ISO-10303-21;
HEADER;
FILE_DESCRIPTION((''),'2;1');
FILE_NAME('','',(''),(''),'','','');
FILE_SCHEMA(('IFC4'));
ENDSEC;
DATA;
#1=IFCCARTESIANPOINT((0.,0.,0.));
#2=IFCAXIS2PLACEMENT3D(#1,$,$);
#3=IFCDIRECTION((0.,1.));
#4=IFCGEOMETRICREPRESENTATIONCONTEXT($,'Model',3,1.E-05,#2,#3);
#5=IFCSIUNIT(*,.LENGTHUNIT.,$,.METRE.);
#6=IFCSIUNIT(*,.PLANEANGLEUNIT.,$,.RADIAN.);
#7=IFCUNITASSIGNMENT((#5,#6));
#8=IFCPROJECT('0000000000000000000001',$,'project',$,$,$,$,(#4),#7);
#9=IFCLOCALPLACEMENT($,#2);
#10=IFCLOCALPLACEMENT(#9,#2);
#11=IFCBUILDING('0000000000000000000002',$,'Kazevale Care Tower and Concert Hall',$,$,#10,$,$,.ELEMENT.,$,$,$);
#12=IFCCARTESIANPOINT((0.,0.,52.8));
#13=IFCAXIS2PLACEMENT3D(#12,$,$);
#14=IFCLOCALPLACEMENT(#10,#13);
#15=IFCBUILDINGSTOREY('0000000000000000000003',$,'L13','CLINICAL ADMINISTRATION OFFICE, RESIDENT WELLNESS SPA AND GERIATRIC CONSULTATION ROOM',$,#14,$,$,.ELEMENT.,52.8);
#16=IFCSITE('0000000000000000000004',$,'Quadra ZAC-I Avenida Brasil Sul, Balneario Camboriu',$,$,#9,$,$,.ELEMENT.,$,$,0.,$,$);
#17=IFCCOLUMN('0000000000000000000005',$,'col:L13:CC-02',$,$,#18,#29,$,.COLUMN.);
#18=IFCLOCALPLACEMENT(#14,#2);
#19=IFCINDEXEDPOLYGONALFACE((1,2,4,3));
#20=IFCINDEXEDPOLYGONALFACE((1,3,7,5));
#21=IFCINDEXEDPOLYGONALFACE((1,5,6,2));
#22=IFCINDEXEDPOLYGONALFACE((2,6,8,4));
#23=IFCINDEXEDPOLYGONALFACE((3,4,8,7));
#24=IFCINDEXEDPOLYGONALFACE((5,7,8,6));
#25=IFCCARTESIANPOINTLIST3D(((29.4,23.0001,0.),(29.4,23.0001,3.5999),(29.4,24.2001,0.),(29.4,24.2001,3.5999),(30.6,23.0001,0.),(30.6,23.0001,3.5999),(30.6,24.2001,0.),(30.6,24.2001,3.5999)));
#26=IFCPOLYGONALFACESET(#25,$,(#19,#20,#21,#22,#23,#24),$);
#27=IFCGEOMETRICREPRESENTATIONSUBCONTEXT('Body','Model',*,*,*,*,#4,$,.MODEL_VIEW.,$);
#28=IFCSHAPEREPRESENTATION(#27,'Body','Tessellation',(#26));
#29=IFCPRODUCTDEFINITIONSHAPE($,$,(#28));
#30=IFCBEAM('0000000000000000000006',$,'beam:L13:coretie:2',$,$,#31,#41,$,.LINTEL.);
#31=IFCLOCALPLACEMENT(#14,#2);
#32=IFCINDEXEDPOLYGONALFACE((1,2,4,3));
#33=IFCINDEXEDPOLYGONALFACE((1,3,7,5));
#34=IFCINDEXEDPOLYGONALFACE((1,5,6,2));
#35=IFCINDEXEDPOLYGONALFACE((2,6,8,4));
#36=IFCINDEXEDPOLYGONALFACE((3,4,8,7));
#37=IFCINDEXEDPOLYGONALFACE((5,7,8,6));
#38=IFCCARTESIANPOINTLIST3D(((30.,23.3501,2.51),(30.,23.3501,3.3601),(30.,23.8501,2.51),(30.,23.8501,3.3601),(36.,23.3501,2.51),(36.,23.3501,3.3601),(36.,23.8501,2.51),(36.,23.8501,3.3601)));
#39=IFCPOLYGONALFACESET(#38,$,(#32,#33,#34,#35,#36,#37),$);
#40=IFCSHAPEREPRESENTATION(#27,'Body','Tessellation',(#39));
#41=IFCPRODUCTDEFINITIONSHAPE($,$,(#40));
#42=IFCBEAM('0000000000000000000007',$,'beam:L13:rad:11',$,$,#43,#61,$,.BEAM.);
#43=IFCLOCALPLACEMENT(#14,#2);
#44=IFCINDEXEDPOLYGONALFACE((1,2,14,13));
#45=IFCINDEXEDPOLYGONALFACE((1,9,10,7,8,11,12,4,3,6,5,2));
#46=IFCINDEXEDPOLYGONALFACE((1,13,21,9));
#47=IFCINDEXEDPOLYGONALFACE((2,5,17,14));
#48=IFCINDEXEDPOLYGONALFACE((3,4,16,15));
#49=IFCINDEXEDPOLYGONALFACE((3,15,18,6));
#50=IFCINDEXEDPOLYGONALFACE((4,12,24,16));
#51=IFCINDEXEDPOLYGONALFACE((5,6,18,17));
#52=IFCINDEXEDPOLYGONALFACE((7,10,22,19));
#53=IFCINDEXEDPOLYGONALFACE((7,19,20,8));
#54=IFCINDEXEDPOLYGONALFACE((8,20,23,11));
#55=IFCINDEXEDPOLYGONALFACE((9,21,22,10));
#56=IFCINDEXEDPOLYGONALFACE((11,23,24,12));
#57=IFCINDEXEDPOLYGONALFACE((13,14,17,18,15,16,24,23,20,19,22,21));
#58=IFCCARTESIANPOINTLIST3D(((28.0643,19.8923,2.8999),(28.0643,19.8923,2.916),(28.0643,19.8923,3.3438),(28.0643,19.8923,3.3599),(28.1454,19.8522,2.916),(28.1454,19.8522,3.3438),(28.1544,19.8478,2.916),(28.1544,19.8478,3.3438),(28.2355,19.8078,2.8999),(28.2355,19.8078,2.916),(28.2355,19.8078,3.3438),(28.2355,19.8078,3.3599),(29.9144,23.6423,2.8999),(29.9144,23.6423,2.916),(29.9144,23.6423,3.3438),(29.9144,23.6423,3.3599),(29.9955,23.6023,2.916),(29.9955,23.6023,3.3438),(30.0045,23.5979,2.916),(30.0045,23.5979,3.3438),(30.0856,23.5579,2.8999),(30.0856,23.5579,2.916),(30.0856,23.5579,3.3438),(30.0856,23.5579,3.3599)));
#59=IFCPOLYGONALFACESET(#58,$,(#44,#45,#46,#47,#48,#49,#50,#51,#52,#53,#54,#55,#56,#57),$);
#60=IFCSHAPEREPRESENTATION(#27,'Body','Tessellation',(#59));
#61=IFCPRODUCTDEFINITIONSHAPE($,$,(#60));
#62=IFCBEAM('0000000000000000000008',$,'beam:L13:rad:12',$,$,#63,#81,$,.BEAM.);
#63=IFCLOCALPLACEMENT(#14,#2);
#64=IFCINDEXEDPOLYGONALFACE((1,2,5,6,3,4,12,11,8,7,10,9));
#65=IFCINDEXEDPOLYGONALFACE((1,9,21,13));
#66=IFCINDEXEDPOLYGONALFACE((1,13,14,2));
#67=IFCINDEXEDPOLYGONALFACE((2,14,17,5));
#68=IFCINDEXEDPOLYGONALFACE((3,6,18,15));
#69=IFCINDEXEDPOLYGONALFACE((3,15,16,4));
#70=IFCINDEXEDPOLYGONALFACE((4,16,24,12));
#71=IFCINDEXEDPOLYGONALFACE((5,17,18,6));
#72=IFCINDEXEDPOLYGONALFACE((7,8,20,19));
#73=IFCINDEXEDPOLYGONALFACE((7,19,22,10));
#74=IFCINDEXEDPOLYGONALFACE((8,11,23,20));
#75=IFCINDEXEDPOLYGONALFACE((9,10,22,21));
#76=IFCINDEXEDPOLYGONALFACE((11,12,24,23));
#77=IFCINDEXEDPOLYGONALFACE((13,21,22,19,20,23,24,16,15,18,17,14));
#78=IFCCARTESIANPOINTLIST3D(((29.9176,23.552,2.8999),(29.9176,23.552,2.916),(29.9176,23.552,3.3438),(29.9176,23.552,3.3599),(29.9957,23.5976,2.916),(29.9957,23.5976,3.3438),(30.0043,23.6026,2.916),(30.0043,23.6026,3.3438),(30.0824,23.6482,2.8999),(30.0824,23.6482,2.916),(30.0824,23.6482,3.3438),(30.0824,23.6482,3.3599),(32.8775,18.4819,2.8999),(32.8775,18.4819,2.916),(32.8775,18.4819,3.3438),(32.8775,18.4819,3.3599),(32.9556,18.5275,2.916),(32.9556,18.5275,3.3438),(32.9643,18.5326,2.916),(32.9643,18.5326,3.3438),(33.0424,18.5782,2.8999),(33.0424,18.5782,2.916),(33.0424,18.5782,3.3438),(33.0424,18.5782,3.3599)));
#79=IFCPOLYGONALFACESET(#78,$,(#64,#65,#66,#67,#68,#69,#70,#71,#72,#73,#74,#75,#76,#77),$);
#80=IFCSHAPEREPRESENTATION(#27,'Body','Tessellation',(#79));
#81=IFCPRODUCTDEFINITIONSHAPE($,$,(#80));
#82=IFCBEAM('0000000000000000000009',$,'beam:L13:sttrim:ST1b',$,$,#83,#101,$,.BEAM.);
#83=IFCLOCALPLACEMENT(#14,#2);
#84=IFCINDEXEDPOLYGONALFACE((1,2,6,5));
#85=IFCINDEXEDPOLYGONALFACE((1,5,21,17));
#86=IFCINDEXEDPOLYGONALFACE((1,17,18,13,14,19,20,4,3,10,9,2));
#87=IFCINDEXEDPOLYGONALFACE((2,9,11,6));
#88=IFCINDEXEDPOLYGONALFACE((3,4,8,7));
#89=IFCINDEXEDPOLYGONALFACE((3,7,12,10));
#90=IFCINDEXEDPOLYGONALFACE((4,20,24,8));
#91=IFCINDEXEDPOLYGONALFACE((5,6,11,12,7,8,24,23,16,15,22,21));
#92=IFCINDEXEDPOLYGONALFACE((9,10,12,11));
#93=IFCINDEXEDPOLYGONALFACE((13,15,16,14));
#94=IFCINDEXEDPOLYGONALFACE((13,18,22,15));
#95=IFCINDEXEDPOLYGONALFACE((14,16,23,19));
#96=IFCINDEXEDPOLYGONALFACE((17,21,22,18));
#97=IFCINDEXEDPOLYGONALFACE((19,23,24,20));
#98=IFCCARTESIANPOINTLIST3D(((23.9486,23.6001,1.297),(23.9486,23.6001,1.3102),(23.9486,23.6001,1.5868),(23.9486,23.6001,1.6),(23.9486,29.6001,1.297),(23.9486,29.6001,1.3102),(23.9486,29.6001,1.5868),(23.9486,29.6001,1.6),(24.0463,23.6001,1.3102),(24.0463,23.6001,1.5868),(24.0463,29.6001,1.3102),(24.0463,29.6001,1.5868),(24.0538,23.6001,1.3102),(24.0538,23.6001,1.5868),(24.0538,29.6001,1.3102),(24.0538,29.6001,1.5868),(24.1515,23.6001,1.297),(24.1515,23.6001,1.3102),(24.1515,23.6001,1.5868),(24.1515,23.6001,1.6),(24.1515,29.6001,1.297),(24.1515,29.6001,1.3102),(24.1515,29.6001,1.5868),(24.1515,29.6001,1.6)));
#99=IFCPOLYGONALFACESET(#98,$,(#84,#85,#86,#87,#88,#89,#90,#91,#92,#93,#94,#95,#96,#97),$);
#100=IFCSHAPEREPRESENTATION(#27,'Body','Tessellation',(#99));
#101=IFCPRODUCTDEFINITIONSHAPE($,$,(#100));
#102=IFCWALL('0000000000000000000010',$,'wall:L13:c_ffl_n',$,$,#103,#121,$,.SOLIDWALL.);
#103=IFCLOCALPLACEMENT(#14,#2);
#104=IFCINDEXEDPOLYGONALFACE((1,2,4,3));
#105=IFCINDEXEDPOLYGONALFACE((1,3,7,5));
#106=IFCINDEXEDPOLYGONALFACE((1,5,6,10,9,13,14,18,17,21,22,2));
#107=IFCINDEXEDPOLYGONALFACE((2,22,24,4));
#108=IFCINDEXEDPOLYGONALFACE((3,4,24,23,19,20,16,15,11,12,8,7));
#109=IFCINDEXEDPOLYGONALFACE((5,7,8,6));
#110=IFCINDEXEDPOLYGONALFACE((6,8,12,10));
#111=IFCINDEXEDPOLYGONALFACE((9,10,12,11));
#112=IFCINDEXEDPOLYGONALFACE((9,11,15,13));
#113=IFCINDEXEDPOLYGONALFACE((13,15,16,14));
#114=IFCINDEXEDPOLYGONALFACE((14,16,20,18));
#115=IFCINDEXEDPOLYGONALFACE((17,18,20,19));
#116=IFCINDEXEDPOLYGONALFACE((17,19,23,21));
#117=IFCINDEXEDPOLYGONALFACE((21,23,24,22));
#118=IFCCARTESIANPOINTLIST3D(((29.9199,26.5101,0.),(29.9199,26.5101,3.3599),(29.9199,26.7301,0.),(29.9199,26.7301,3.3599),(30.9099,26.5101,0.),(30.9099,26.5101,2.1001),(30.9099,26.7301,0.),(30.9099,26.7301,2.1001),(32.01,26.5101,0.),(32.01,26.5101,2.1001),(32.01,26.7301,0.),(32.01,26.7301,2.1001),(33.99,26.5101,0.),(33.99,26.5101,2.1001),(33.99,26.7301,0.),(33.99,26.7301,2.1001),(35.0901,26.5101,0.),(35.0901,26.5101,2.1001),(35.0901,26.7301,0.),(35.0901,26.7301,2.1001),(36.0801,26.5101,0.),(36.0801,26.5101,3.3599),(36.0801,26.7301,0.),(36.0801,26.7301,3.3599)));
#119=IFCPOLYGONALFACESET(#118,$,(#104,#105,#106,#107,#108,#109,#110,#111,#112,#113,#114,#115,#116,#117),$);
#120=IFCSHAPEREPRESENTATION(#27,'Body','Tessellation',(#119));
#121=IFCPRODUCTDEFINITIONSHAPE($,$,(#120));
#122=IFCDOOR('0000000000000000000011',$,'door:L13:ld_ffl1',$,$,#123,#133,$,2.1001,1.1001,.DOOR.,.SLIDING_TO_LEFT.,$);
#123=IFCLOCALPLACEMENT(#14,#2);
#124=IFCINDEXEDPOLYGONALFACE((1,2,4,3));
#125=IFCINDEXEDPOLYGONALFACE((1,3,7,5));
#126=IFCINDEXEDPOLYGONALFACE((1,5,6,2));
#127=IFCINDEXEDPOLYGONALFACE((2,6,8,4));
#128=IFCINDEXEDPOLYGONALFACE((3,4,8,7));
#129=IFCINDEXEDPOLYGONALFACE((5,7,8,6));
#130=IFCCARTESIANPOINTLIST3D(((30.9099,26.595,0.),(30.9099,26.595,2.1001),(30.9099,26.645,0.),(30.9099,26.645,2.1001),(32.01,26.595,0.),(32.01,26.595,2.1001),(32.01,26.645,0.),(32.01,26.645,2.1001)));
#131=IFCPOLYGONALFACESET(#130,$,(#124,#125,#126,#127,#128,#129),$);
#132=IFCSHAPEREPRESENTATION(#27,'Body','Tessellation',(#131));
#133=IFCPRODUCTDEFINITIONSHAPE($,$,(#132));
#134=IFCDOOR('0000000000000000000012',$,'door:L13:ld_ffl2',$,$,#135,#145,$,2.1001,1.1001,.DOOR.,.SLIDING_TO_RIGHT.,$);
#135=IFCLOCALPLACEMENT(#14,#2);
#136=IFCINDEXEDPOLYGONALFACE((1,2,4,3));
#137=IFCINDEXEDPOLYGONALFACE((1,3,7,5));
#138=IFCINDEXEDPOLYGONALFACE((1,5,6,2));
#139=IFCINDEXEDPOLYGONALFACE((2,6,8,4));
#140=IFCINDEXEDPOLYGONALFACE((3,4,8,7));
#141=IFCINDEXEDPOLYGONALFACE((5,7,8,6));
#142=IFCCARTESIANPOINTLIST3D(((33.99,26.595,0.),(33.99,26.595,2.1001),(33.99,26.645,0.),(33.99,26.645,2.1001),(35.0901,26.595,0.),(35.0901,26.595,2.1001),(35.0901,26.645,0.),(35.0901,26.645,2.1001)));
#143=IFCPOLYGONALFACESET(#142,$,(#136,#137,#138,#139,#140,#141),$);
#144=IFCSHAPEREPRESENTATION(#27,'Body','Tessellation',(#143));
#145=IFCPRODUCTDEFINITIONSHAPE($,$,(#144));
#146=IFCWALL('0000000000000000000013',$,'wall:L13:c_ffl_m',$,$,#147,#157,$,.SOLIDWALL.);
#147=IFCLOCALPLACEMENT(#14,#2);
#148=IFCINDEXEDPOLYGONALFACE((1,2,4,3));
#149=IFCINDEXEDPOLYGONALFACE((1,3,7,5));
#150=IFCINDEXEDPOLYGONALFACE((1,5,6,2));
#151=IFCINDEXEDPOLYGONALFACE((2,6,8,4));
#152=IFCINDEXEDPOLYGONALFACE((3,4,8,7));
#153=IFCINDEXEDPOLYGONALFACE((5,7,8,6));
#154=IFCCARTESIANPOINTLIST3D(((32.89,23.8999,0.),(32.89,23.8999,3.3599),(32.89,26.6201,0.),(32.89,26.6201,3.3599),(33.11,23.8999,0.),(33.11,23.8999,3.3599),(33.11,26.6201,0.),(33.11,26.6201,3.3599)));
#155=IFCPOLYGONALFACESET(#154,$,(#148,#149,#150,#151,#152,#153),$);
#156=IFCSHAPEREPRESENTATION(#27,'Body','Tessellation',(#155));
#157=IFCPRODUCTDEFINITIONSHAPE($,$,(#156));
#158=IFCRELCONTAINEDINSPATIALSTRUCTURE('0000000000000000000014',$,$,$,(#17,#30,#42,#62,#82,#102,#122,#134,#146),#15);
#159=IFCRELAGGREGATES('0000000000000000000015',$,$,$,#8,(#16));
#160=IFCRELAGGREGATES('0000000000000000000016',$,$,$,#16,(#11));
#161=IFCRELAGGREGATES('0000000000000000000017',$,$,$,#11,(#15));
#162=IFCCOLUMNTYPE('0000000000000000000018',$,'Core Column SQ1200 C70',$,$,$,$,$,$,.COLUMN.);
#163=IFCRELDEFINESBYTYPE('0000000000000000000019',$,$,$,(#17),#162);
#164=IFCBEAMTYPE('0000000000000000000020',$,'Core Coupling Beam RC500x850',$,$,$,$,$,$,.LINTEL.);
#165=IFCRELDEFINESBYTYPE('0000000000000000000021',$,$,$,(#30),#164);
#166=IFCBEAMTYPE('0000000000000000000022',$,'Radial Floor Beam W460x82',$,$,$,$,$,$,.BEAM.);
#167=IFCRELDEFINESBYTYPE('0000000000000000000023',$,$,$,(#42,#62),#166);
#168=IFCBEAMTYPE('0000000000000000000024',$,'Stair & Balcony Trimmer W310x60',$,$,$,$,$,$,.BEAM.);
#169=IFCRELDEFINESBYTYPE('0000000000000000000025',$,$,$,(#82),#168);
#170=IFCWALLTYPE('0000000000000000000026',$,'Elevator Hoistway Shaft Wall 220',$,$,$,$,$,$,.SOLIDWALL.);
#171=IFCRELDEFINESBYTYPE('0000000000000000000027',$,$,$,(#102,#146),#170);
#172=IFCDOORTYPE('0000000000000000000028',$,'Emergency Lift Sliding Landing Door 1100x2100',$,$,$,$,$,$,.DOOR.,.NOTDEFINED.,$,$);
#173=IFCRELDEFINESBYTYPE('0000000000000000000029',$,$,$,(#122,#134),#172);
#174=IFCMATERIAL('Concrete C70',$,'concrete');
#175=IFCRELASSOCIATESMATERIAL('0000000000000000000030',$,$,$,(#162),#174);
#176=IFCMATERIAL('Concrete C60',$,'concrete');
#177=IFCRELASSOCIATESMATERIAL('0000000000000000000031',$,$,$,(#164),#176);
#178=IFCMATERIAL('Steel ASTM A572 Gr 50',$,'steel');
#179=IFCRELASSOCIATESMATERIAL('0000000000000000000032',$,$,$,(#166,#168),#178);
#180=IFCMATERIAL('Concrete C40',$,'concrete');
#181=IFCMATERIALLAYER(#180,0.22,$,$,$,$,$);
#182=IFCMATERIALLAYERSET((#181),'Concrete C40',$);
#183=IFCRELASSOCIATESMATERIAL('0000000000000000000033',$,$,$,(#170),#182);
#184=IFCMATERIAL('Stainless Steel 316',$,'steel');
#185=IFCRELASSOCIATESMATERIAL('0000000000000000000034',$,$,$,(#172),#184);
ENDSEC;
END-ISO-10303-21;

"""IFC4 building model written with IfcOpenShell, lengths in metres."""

from ifc_helpers import new_model, si_unit, direction, frame, frame_2d, origin, origin_2d, place, context, subcontext, project, spatial, rectangle, i_section, extrude, material, layer, layer_set, material_profile, profile_set, type_object, element, fill, save


model = new_model("IFC4")

# Units and contexts
model_context = context("Model", 3, precision=1e-05, world=origin(), true_north=direction((0.0, 1.0)))
body_context = subcontext(model_context, "Body", "Model", "MODEL_VIEW")
ifc_project = project(units=[si_unit("LENGTHUNIT", "METRE"), si_unit("PLANEANGLEUNIT", "RADIAN")], contexts=[model_context])

# Site, building, storey
site_placement = place(None, origin())
site = spatial("IfcSite", under=ifc_project, at=site_placement, Name="Quadra ZAC-I Avenida Brasil Sul, Balneario Camboriu", CompositionType="ELEMENT", RefElevation=0.0)
building_placement = place(site_placement, origin())
building = spatial("IfcBuilding", under=site, at=building_placement, Name="Kazevale Care Tower and Concert Hall", CompositionType="ELEMENT")
storey_placement = place(building_placement, frame((0.0, 0.0, 52.8)))
storey = spatial("IfcBuildingStorey", under=building, at=storey_placement, Name="L13", Description="CLINICAL ADMINISTRATION OFFICE, RESIDENT WELLNESS SPA AND GERIATRIC CONSULTATION ROOM", CompositionType="ELEMENT", Elevation=52.8)

# Column
ifc_material_1 = material(Name="Concrete C70", Category="concrete")
ifc_material_profile_1 = material_profile(ifc_material_1, rectangle(XDim=1.2, YDim=1.2, at=origin_2d()), Name="RC-SQ1200")
ifc_profile_set_1 = profile_set([ifc_material_profile_1], Name="Concrete C70")
column_type = type_object("IfcColumnType", Name="Core Column SQ1200 C70", PredefinedType="COLUMN", material=ifc_profile_set_1)
column_placement = place(storey_placement, frame((30.0, 23.6001, 0.0), z_axis=(0.0, 0.0, 1.0), x_axis=(1.0, 0.0, 0.0)))
element("IfcColumn", 1, at=column_placement, inside=storey, type_object=column_type, Name="col:L13:CC-02", PredefinedType="COLUMN", context=body_context, shape_type="SweptSolid", body=[
    extrude(rectangle(XDim=1.2, YDim=1.2, at=origin_2d()), origin(), (0.0, 0.0, 1.0), 3.5999),
])

# Beams
ifc_material_2 = material(Name="Concrete C60", Category="concrete")
ifc_material_profile_2 = material_profile(ifc_material_2, rectangle(XDim=0.5, YDim=0.8501, at=origin_2d()), Name="RC-B500x850")
ifc_profile_set_2 = profile_set([ifc_material_profile_2], Name="Concrete C60")
beam_type_1 = type_object("IfcBeamType", Name="Core Coupling Beam RC500x850", PredefinedType="LINTEL", material=ifc_profile_set_2)
beam_1_placement = place(storey_placement, frame((30.0, 23.6001, 2.9351), z_axis=(1.0, 0.0, 0.0), x_axis=(0.0, 1.0, 0.0)))
element("IfcBeam", 2, at=beam_1_placement, inside=storey, type_object=beam_type_1, Name="beam:L13:coretie:2", PredefinedType="LINTEL", context=body_context, shape_type="SweptSolid", body=[
    extrude(rectangle(XDim=0.5, YDim=0.8501, at=origin_2d()), origin(), (0.0, 0.0, 1.0), 6.0),
])
ifc_material_3 = material(Name="Steel ASTM A572 Gr 50", Category="steel")
ifc_material_profile_3 = material_profile(ifc_material_3, i_section(OverallWidth=0.1909, OverallDepth=0.46, WebThickness=0.01, FlangeThickness=0.0161, at=origin_2d()), Name="W460x82")
ifc_profile_set_3 = profile_set([ifc_material_profile_3], Name="Steel ASTM A572 Gr 50")
beam_type_2 = type_object("IfcBeamType", Name="Radial Floor Beam W460x82", PredefinedType="BEAM", material=ifc_profile_set_3)
beam_2_placement = place(storey_placement, frame((30.0, 23.6001, 3.1299), z_axis=(-0.442443, -0.896797, 0.0), x_axis=(0.896797, -0.442443, 0.0)))
element("IfcBeam", 3, at=beam_2_placement, inside=storey, type_object=beam_type_2, Name="beam:L13:rad:11", PredefinedType="BEAM", context=body_context, shape_type="SweptSolid", body=[
    extrude(i_section(OverallWidth=0.1909, OverallDepth=0.46, WebThickness=0.01, FlangeThickness=0.0161, at=origin_2d()), origin(), (0.0, 0.0, 1.0), 4.1816),
])
beam_3_placement = place(storey_placement, frame((30.0, 23.6001, 3.1299), z_axis=(0.504179, -0.863599, 0.0), x_axis=(0.863599, 0.504179, 0.0)))
element("IfcBeam", 4, at=beam_3_placement, inside=storey, type_object=beam_type_2, Name="beam:L13:rad:12", PredefinedType="BEAM", context=body_context, shape_type="SweptSolid", body=[
    extrude(i_section(OverallWidth=0.1909, OverallDepth=0.46, WebThickness=0.01, FlangeThickness=0.0161, at=origin_2d()), origin(), (0.0, 0.0, 1.0), 5.8708),
])
ifc_material_profile_4 = material_profile(ifc_material_3, i_section(OverallWidth=0.2029, OverallDepth=0.303, WebThickness=0.0076, FlangeThickness=0.0132, at=origin_2d()), Name="W310x60")
ifc_profile_set_4 = profile_set([ifc_material_profile_4], Name="Steel ASTM A572 Gr 50")
beam_type_3 = type_object("IfcBeamType", Name="Stair & Balcony Trimmer W310x60", PredefinedType="BEAM", material=ifc_profile_set_4)
beam_4_placement = place(storey_placement, frame((24.05, 23.6001, 1.4485), z_axis=(0.0, 1.0, 0.0), x_axis=(-1.0, 0.0, 0.0)))
element("IfcBeam", 5, at=beam_4_placement, inside=storey, type_object=beam_type_3, Name="beam:L13:sttrim:ST1b", PredefinedType="BEAM", context=body_context, shape_type="SweptSolid", body=[
    extrude(i_section(OverallWidth=0.2029, OverallDepth=0.303, WebThickness=0.0076, FlangeThickness=0.0132, at=origin_2d()), origin(), (0.0, 0.0, 1.0), 6.0),
])

# Wall, openings, doors
ifc_material_4 = material(Name="Concrete C40", Category="concrete")
ifc_layer_1 = layer(ifc_material_4, 0.22)
ifc_layer_set_1 = layer_set([ifc_layer_1], Name="Concrete C40")
wall_type_1 = type_object("IfcWallType", Name="Elevator Hoistway Shaft Wall 220", PredefinedType="SOLIDWALL", material=ifc_layer_set_1)
wall_1_placement = place(storey_placement, frame((29.9199, 26.6201, 0.0), z_axis=(0.0, 0.0, 1.0), x_axis=(1.0, 0.0, 0.0)))
wall_1 = element("IfcWall", 6, at=wall_1_placement, inside=storey, type_object=wall_type_1, Name="wall:L13:c_ffl_n", PredefinedType="SOLIDWALL", context=body_context, shape_type="SweptSolid", body=[
    extrude(rectangle(XDim=6.1602, YDim=0.22, at=frame_2d((3.0801, 0.0))), origin(), (0.0, 0.0, 1.0), 3.3599),
])
opening_1_placement = place(wall_1_placement, frame((0.99, 0.0, 0.0)))
opening_1 = element("IfcOpeningElement", 7, at=opening_1_placement, cuts=wall_1, PredefinedType="OPENING", context=body_context, shape_type="SweptSolid", body=[
    extrude(rectangle(XDim=1.1001, YDim=2.1001, at=frame_2d((0.55, 1.05))), frame((0.0, 0.1199, 0.0), z_axis=(0.0, -1.0, 0.0), x_axis=(1.0, 0.0, 0.0)), (0.0, 0.0, 1.0), 0.24),
])
opening_2_placement = place(wall_1_placement, frame((4.0701, 0.0, 0.0)))
opening_2 = element("IfcOpeningElement", 8, at=opening_2_placement, cuts=wall_1, PredefinedType="OPENING", context=body_context, shape_type="SweptSolid", body=[
    extrude(rectangle(XDim=1.1001, YDim=2.1001, at=frame_2d((0.55, 1.05))), frame((0.0, 0.1199, 0.0), z_axis=(0.0, -1.0, 0.0), x_axis=(1.0, 0.0, 0.0)), (0.0, 0.0, 1.0), 0.24),
])
ifc_material_5 = material(Name="Stainless Steel 316", Category="steel")
door_type_1 = type_object("IfcDoorType", Name="Emergency Lift Sliding Landing Door 1100x2100", OperationType="NOTDEFINED", PredefinedType="DOOR", material=ifc_material_5)
door_1_placement = place(opening_1_placement, origin())
door_1 = element("IfcDoor", 9, at=door_1_placement, inside=storey, type_object=door_type_1, Name="door:L13:ld_ffl1", OperationType="SLIDING_TO_LEFT", OverallHeight=2.1001, OverallWidth=1.1001, PredefinedType="DOOR", context=body_context, shape_type="SweptSolid", body=[
    extrude(rectangle(XDim=1.1001, YDim=2.1001, at=frame_2d((0.55, 1.05))), frame((0.0, 0.0249, 0.0), z_axis=(0.0, -1.0, 0.0), x_axis=(1.0, 0.0, 0.0)), (0.0, 0.0, 1.0), 0.05),
])
fill(opening_1, door_1)
door_2_placement = place(opening_2_placement, origin())
door_2 = element("IfcDoor", 10, at=door_2_placement, inside=storey, type_object=door_type_1, Name="door:L13:ld_ffl2", OperationType="SLIDING_TO_RIGHT", OverallHeight=2.1001, OverallWidth=1.1001, PredefinedType="DOOR", context=body_context, shape_type="SweptSolid", body=[
    extrude(rectangle(XDim=1.1001, YDim=2.1001, at=frame_2d((0.55, 1.05))), frame((0.0, 0.0249, 0.0), z_axis=(0.0, -1.0, 0.0), x_axis=(1.0, 0.0, 0.0)), (0.0, 0.0, 1.0), 0.05),
])
fill(opening_2, door_2)

# Wall
wall_2_placement = place(storey_placement, frame((33.0, 23.8999, 0.0), z_axis=(0.0, 0.0, 1.0), x_axis=(0.0, 1.0, 0.0)))
element("IfcWall", 11, at=wall_2_placement, inside=storey, type_object=wall_type_1, Name="wall:L13:c_ffl_m", PredefinedType="SOLIDWALL", context=body_context, shape_type="SweptSolid", body=[
    extrude(rectangle(XDim=2.7202, YDim=0.22, at=frame_2d((1.3601, 0.0))), origin(), (0.0, 0.0, 1.0), 3.3599),
])

save(model, "model.ifc")
